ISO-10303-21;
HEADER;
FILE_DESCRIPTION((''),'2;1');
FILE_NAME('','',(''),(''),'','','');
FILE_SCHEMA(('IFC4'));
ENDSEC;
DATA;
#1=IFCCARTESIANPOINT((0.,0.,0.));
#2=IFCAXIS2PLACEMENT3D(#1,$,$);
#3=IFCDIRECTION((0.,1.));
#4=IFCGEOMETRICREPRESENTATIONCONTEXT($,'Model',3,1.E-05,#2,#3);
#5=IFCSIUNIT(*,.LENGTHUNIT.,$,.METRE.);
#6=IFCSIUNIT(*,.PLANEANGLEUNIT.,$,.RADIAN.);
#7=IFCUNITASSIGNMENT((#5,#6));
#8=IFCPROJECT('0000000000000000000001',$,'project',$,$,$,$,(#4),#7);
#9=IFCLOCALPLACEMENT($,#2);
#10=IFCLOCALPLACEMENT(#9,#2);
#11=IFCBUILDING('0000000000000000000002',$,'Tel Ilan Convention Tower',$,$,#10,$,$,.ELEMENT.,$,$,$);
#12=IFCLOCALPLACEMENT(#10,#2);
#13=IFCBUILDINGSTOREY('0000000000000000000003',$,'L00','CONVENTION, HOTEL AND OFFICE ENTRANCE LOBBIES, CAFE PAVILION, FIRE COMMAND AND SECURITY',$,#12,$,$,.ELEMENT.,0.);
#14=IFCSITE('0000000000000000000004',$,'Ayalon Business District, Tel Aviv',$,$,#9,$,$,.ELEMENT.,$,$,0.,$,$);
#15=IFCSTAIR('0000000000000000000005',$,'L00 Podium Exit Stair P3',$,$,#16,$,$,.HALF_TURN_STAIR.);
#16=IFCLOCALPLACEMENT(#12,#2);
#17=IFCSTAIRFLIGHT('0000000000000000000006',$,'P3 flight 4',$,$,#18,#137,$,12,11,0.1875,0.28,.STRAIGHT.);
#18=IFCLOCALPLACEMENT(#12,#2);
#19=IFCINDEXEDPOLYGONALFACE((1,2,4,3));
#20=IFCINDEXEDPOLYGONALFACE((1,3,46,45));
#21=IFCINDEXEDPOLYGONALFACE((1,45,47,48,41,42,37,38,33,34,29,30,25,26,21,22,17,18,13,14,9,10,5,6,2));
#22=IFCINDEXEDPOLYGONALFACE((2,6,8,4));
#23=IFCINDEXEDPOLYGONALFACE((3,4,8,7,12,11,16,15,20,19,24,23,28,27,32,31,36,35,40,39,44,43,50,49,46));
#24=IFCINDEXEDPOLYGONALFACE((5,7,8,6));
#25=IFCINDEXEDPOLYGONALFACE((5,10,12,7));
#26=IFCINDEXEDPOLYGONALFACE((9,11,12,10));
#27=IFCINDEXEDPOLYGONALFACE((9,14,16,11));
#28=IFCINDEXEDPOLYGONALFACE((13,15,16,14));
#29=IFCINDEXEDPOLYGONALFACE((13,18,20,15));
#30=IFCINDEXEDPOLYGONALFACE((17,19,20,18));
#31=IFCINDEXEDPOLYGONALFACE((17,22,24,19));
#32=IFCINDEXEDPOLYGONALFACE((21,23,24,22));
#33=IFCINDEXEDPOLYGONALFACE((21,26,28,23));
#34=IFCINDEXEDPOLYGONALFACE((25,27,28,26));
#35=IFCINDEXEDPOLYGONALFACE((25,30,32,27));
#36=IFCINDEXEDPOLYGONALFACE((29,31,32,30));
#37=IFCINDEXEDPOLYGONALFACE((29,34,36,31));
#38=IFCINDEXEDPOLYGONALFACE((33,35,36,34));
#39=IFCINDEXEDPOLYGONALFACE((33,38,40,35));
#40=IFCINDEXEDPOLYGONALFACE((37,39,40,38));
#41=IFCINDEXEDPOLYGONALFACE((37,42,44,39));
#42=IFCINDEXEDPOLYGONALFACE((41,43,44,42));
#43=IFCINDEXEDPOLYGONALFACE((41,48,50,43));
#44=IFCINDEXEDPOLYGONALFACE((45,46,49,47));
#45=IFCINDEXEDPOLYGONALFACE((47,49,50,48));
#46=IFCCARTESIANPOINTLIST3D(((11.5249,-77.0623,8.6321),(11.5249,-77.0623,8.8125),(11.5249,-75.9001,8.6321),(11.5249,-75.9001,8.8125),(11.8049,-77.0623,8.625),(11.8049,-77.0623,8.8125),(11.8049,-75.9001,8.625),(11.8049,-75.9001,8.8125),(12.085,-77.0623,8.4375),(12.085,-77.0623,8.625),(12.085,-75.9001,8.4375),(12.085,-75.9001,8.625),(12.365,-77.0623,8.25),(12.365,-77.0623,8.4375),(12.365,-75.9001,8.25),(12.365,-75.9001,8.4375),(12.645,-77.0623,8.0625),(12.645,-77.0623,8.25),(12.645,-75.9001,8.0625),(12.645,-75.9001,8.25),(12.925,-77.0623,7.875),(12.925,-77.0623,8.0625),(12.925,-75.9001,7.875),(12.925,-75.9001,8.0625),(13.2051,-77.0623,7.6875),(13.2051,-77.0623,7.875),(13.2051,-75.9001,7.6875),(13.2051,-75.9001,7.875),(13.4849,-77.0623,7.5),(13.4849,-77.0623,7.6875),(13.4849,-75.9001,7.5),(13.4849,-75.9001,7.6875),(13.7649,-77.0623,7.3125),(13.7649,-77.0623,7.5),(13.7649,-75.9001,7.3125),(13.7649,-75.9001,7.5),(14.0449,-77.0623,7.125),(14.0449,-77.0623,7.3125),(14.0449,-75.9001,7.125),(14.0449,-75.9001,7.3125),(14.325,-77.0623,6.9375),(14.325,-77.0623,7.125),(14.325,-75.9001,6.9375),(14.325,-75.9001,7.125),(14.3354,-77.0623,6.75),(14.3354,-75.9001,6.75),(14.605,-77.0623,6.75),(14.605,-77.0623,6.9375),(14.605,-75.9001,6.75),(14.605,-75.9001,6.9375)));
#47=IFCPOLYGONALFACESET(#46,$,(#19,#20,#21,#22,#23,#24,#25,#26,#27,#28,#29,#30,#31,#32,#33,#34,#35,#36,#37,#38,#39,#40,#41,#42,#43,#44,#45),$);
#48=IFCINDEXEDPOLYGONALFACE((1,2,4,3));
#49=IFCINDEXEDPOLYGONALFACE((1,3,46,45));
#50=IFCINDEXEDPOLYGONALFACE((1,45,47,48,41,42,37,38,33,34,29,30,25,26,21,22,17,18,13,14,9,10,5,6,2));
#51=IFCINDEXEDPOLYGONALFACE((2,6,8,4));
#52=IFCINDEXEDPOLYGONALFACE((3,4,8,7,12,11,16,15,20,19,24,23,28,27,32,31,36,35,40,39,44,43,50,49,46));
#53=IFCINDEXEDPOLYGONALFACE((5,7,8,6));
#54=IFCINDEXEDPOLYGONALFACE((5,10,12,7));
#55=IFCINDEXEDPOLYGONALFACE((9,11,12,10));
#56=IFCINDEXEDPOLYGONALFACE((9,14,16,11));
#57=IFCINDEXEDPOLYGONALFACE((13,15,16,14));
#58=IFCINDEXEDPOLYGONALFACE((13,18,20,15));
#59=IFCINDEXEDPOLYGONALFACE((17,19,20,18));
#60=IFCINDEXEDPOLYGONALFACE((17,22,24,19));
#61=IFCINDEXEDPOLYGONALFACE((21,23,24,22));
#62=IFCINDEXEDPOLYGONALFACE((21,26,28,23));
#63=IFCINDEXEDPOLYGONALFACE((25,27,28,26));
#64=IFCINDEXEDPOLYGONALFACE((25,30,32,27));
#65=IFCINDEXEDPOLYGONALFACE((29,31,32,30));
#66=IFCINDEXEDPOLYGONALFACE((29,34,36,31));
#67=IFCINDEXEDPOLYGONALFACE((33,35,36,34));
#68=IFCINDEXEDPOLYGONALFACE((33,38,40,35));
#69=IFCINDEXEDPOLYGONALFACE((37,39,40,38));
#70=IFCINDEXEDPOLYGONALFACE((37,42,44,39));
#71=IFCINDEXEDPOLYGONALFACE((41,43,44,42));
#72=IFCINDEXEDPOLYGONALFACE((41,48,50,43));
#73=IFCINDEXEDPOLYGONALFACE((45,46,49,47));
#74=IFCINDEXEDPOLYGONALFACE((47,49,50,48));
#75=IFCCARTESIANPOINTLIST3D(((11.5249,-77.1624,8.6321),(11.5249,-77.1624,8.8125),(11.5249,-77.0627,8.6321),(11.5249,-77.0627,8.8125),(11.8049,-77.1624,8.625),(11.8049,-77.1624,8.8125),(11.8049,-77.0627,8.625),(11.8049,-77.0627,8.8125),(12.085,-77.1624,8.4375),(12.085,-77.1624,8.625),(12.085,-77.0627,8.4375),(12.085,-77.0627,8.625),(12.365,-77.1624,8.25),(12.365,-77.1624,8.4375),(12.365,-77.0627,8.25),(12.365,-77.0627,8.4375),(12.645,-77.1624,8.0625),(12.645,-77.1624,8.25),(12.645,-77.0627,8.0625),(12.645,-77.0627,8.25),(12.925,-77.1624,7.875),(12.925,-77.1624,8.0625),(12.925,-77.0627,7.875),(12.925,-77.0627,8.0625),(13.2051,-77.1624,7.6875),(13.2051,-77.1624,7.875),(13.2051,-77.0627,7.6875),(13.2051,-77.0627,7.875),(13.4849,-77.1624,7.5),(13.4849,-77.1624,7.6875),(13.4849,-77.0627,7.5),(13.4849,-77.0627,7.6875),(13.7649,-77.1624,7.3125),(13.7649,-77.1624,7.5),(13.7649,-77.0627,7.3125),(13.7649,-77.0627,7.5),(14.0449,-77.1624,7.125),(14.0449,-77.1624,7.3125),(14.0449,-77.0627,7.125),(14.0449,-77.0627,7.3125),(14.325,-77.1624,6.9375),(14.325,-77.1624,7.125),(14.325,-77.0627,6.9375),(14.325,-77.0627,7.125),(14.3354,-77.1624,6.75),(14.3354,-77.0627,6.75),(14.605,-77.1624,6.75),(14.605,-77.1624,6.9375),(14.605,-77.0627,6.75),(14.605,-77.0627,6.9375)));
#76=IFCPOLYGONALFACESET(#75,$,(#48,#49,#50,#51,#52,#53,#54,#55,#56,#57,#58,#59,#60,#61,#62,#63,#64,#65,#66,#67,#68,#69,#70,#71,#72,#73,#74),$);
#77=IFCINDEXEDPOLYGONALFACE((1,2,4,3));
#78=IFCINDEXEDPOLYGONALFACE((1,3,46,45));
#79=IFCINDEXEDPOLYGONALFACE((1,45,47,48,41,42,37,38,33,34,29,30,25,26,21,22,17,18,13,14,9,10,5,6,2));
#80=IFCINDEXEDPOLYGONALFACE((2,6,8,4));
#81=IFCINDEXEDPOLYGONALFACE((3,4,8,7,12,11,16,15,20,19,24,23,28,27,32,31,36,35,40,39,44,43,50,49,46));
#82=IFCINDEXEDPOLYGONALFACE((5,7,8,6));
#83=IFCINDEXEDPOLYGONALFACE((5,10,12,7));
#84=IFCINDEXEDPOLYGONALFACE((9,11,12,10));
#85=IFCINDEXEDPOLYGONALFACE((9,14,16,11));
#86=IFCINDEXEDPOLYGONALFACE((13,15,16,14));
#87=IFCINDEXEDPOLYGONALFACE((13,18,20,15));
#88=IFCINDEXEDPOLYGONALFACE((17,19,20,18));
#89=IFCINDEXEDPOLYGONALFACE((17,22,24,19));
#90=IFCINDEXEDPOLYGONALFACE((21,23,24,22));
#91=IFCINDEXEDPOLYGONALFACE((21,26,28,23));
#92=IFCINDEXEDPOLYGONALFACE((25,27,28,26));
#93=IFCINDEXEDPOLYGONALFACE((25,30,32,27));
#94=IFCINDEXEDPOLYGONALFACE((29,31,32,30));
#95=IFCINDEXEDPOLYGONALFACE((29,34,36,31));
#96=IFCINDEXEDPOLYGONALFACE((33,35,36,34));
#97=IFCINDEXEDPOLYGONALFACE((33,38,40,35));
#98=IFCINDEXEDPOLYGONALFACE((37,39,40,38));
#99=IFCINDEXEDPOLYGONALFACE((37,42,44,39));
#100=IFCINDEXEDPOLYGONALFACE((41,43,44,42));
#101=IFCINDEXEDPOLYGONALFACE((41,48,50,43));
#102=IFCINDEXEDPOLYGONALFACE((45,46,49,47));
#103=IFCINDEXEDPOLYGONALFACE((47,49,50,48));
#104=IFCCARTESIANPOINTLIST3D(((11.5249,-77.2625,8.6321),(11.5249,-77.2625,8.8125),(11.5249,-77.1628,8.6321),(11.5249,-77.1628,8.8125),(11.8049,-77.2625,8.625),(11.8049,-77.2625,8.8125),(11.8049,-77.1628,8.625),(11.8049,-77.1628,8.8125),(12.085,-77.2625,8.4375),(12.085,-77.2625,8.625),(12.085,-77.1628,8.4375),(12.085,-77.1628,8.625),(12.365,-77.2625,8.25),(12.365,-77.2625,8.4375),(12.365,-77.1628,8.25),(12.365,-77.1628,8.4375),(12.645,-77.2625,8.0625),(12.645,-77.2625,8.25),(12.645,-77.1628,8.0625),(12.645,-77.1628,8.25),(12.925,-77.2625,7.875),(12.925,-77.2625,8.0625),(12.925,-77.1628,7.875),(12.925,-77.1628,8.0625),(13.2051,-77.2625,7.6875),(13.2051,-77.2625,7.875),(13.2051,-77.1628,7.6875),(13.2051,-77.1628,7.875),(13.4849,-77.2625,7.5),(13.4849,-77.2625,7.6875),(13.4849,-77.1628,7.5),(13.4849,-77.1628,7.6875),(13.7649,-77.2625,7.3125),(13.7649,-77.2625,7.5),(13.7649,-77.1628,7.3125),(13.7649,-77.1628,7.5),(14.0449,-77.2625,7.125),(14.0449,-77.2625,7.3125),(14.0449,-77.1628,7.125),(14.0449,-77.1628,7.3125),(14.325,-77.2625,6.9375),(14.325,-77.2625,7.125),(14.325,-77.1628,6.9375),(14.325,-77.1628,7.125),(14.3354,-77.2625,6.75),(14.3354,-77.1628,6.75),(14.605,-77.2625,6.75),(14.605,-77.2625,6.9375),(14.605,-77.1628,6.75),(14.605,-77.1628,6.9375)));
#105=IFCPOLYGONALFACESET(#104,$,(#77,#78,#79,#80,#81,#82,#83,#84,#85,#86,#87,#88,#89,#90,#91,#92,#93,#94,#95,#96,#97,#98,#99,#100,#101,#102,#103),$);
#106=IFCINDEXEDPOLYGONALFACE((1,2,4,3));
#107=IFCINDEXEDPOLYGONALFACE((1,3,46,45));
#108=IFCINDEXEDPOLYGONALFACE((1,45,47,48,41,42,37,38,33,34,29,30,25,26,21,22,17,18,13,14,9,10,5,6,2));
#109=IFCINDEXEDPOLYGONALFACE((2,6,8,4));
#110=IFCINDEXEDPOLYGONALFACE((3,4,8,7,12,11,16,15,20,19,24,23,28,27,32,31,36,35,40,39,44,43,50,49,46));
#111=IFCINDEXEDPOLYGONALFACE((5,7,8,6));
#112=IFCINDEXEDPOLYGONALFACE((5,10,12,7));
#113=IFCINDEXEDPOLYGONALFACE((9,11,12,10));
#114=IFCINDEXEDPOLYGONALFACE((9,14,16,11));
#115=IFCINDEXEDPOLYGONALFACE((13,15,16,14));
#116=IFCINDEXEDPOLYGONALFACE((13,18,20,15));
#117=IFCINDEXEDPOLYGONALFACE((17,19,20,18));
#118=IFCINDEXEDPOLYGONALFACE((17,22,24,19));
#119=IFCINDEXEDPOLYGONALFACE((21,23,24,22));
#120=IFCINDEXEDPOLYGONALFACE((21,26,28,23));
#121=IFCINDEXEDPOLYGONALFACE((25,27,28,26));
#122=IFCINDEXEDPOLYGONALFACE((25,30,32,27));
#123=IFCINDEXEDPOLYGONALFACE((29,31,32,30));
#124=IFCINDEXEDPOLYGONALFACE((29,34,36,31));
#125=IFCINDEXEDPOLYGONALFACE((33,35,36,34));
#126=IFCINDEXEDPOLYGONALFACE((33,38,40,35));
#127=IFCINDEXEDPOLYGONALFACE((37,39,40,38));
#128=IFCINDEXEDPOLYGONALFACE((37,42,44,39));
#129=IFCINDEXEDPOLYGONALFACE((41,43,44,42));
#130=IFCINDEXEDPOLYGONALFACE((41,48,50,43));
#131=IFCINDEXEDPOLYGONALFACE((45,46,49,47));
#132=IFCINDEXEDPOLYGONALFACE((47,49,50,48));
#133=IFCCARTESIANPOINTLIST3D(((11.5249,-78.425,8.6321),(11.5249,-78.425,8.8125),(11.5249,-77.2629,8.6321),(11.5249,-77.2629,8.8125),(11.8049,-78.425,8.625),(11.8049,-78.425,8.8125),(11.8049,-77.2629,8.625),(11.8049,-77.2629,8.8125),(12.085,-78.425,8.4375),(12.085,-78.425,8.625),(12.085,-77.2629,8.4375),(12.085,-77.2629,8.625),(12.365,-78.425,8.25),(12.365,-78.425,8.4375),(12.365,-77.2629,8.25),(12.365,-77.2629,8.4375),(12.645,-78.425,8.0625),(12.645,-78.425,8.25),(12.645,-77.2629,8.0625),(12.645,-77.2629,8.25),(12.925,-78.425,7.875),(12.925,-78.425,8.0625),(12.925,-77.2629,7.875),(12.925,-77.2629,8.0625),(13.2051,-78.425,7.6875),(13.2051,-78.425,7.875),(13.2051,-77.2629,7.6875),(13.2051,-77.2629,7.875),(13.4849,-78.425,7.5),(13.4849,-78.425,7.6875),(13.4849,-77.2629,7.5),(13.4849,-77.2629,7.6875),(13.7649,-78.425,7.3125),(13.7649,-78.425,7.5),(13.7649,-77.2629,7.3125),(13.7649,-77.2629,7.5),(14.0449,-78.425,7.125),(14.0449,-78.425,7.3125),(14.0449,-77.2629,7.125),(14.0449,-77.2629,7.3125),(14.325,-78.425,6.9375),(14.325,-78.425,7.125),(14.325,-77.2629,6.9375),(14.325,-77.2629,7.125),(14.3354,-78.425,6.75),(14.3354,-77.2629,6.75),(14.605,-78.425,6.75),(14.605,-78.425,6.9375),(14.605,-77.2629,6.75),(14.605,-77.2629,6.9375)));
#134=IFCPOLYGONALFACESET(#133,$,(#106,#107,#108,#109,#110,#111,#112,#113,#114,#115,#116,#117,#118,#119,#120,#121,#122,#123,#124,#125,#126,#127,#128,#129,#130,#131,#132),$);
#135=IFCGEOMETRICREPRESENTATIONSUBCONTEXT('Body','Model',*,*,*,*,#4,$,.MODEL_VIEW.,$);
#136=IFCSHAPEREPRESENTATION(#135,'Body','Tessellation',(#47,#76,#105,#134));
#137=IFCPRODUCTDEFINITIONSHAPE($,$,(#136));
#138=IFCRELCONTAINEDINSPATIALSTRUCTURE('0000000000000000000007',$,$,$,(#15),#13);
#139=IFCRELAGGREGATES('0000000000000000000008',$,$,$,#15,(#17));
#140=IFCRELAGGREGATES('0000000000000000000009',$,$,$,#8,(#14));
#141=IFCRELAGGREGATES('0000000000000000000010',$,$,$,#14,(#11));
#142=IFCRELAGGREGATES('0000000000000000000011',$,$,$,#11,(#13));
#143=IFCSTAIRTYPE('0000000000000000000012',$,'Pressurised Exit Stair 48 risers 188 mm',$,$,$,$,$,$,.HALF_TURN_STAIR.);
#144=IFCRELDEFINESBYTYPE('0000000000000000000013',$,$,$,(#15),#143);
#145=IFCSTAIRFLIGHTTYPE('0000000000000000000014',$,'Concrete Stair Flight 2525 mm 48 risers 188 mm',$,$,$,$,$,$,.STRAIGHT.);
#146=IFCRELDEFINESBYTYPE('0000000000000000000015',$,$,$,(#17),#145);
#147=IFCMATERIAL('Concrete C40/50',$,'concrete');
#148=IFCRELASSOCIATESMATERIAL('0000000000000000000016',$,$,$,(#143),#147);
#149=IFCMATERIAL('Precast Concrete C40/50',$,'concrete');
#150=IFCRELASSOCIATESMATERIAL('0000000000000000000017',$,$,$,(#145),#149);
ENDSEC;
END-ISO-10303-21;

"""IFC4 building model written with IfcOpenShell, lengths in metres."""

from ifc_helpers import new_model, si_unit, direction, frame, origin, place, context, subcontext, project, spatial, polyline, outline, extrude, material, type_object, element, aggregate, save


model = new_model("IFC4")

# Units and contexts
model_context = context("Model", 3, precision=1e-05, world=origin(), true_north=direction((0.0, 1.0)))
body_context = subcontext(model_context, "Body", "Model", "MODEL_VIEW")
ifc_project = project(units=[si_unit("LENGTHUNIT", "METRE"), si_unit("PLANEANGLEUNIT", "RADIAN")], contexts=[model_context])

# Site, building, storey
site_placement = place(None, origin())
site = spatial("IfcSite", under=ifc_project, at=site_placement, Name="Ayalon Business District, Tel Aviv", CompositionType="ELEMENT", RefElevation=0.0)
building_placement = place(site_placement, origin())
building = spatial("IfcBuilding", under=site, at=building_placement, Name="Tel Ilan Convention Tower", CompositionType="ELEMENT")
storey_placement = place(building_placement, origin())
storey = spatial("IfcBuildingStorey", under=building, at=storey_placement, Name="L00", Description="CONVENTION, HOTEL AND OFFICE ENTRANCE LOBBIES, CAFE PAVILION, FIRE COMMAND AND SECURITY", CompositionType="ELEMENT", Elevation=0.0)

# Stair, stair flight
ifc_material_1 = material(Name="Concrete C40/50", Category="concrete")
stair_type = type_object("IfcStairType", Name="Pressurised Exit Stair 48 risers 188 mm", PredefinedType="HALF_TURN_STAIR", material=ifc_material_1)
stair_placement = place(storey_placement, origin())
stair = element("IfcStair", 1, at=stair_placement, inside=storey, type_object=stair_type, Name="L00 Podium Exit Stair P3", PredefinedType="HALF_TURN_STAIR")
ifc_material_2 = material(Name="Precast Concrete C40/50", Category="concrete")
stair_flight_type = type_object("IfcStairFlightType", Name="Concrete Stair Flight 2525 mm 48 risers 188 mm", PredefinedType="STRAIGHT", material=ifc_material_2)
stair_flight_1_placement = place(storey_placement, frame((14.605, -77.1626, 6.75), z_axis=(0.0, 0.0, 1.0), x_axis=(-1.0, 0.0, 0.0)))
stair_flight_1 = element("IfcStairFlight", 2, at=stair_flight_1_placement, type_object=stair_flight_type, Name="P3 flight 4", NumberOfRisers=12, NumberOfTreads=11, PredefinedType="STRAIGHT", RiserHeight=0.1875, TreadLength=0.28, context=body_context, shape_type="SweptSolid", body=[
    extrude(outline(polyline([(0.0, 0.0), (0.0, 0.1875), (0.28, 0.1875), (0.28, 0.375), (0.5601, 0.375), (0.5601, 0.5625), (0.8401, 0.5625), (0.8401, 0.75), (1.1201, 0.75), (1.1201, 0.9375), (1.3999, 0.9375), (1.3999, 1.125), (1.6799, 1.125), (1.6799, 1.3125), (1.96, 1.3125), (1.96, 1.5), (2.24, 1.5), (2.24, 1.6875), (2.52, 1.6875), (2.52, 1.875), (2.8, 1.875), (2.8, 2.0625), (3.0801, 2.0625), (3.0801, 2.25), (3.0801, 1.8821), (0.2695, 0.0), (0.0, 0.0)])), frame((0.0, -0.1003, 0.0), z_axis=(0.0, -1.0, 0.0), x_axis=(1.0, 0.0, 0.0)), (0.0, 0.0, 1.0), 1.1621),
    extrude(outline(polyline([(0.0, 0.0), (0.0, 0.1875), (0.28, 0.1875), (0.28, 0.375), (0.5601, 0.375), (0.5601, 0.5625), (0.8401, 0.5625), (0.8401, 0.75), (1.1201, 0.75), (1.1201, 0.9375), (1.3999, 0.9375), (1.3999, 1.125), (1.6799, 1.125), (1.6799, 1.3125), (1.96, 1.3125), (1.96, 1.5), (2.24, 1.5), (2.24, 1.6875), (2.52, 1.6875), (2.52, 1.875), (2.8, 1.875), (2.8, 2.0625), (3.0801, 2.0625), (3.0801, 2.25), (3.0801, 1.8821), (0.2695, 0.0), (0.0, 0.0)])), frame((0.0, -0.0002, 0.0), z_axis=(0.0, -1.0, 0.0), x_axis=(1.0, 0.0, 0.0)), (0.0, 0.0, 1.0), 0.0996),
    extrude(outline(polyline([(0.0, 0.0), (0.0, 0.1875), (0.28, 0.1875), (0.28, 0.375), (0.5601, 0.375), (0.5601, 0.5625), (0.8401, 0.5625), (0.8401, 0.75), (1.1201, 0.75), (1.1201, 0.9375), (1.3999, 0.9375), (1.3999, 1.125), (1.6799, 1.125), (1.6799, 1.3125), (1.96, 1.3125), (1.96, 1.5), (2.24, 1.5), (2.24, 1.6875), (2.52, 1.6875), (2.52, 1.875), (2.8, 1.875), (2.8, 2.0625), (3.0801, 2.0625), (3.0801, 2.25), (3.0801, 1.8821), (0.2695, 0.0), (0.0, 0.0)])), frame((0.0, 0.0999, 0.0), z_axis=(0.0, -1.0, 0.0), x_axis=(1.0, 0.0, 0.0)), (0.0, 0.0, 1.0), 0.0996),
    extrude(outline(polyline([(0.0, 0.0), (0.0, 0.1875), (0.28, 0.1875), (0.28, 0.375), (0.5601, 0.375), (0.5601, 0.5625), (0.8401, 0.5625), (0.8401, 0.75), (1.1201, 0.75), (1.1201, 0.9375), (1.3999, 0.9375), (1.3999, 1.125), (1.6799, 1.125), (1.6799, 1.3125), (1.96, 1.3125), (1.96, 1.5), (2.24, 1.5), (2.24, 1.6875), (2.52, 1.6875), (2.52, 1.875), (2.8, 1.875), (2.8, 2.0625), (3.0801, 2.0625), (3.0801, 2.25), (3.0801, 1.8821), (0.2695, 0.0), (0.0, 0.0)])), frame((0.0, 1.2625, 0.0), z_axis=(0.0, -1.0, 0.0), x_axis=(1.0, 0.0, 0.0)), (0.0, 0.0, 1.0), 1.1621),
])
aggregate(stair, [stair_flight_1])

save(model, "model.ifc")
